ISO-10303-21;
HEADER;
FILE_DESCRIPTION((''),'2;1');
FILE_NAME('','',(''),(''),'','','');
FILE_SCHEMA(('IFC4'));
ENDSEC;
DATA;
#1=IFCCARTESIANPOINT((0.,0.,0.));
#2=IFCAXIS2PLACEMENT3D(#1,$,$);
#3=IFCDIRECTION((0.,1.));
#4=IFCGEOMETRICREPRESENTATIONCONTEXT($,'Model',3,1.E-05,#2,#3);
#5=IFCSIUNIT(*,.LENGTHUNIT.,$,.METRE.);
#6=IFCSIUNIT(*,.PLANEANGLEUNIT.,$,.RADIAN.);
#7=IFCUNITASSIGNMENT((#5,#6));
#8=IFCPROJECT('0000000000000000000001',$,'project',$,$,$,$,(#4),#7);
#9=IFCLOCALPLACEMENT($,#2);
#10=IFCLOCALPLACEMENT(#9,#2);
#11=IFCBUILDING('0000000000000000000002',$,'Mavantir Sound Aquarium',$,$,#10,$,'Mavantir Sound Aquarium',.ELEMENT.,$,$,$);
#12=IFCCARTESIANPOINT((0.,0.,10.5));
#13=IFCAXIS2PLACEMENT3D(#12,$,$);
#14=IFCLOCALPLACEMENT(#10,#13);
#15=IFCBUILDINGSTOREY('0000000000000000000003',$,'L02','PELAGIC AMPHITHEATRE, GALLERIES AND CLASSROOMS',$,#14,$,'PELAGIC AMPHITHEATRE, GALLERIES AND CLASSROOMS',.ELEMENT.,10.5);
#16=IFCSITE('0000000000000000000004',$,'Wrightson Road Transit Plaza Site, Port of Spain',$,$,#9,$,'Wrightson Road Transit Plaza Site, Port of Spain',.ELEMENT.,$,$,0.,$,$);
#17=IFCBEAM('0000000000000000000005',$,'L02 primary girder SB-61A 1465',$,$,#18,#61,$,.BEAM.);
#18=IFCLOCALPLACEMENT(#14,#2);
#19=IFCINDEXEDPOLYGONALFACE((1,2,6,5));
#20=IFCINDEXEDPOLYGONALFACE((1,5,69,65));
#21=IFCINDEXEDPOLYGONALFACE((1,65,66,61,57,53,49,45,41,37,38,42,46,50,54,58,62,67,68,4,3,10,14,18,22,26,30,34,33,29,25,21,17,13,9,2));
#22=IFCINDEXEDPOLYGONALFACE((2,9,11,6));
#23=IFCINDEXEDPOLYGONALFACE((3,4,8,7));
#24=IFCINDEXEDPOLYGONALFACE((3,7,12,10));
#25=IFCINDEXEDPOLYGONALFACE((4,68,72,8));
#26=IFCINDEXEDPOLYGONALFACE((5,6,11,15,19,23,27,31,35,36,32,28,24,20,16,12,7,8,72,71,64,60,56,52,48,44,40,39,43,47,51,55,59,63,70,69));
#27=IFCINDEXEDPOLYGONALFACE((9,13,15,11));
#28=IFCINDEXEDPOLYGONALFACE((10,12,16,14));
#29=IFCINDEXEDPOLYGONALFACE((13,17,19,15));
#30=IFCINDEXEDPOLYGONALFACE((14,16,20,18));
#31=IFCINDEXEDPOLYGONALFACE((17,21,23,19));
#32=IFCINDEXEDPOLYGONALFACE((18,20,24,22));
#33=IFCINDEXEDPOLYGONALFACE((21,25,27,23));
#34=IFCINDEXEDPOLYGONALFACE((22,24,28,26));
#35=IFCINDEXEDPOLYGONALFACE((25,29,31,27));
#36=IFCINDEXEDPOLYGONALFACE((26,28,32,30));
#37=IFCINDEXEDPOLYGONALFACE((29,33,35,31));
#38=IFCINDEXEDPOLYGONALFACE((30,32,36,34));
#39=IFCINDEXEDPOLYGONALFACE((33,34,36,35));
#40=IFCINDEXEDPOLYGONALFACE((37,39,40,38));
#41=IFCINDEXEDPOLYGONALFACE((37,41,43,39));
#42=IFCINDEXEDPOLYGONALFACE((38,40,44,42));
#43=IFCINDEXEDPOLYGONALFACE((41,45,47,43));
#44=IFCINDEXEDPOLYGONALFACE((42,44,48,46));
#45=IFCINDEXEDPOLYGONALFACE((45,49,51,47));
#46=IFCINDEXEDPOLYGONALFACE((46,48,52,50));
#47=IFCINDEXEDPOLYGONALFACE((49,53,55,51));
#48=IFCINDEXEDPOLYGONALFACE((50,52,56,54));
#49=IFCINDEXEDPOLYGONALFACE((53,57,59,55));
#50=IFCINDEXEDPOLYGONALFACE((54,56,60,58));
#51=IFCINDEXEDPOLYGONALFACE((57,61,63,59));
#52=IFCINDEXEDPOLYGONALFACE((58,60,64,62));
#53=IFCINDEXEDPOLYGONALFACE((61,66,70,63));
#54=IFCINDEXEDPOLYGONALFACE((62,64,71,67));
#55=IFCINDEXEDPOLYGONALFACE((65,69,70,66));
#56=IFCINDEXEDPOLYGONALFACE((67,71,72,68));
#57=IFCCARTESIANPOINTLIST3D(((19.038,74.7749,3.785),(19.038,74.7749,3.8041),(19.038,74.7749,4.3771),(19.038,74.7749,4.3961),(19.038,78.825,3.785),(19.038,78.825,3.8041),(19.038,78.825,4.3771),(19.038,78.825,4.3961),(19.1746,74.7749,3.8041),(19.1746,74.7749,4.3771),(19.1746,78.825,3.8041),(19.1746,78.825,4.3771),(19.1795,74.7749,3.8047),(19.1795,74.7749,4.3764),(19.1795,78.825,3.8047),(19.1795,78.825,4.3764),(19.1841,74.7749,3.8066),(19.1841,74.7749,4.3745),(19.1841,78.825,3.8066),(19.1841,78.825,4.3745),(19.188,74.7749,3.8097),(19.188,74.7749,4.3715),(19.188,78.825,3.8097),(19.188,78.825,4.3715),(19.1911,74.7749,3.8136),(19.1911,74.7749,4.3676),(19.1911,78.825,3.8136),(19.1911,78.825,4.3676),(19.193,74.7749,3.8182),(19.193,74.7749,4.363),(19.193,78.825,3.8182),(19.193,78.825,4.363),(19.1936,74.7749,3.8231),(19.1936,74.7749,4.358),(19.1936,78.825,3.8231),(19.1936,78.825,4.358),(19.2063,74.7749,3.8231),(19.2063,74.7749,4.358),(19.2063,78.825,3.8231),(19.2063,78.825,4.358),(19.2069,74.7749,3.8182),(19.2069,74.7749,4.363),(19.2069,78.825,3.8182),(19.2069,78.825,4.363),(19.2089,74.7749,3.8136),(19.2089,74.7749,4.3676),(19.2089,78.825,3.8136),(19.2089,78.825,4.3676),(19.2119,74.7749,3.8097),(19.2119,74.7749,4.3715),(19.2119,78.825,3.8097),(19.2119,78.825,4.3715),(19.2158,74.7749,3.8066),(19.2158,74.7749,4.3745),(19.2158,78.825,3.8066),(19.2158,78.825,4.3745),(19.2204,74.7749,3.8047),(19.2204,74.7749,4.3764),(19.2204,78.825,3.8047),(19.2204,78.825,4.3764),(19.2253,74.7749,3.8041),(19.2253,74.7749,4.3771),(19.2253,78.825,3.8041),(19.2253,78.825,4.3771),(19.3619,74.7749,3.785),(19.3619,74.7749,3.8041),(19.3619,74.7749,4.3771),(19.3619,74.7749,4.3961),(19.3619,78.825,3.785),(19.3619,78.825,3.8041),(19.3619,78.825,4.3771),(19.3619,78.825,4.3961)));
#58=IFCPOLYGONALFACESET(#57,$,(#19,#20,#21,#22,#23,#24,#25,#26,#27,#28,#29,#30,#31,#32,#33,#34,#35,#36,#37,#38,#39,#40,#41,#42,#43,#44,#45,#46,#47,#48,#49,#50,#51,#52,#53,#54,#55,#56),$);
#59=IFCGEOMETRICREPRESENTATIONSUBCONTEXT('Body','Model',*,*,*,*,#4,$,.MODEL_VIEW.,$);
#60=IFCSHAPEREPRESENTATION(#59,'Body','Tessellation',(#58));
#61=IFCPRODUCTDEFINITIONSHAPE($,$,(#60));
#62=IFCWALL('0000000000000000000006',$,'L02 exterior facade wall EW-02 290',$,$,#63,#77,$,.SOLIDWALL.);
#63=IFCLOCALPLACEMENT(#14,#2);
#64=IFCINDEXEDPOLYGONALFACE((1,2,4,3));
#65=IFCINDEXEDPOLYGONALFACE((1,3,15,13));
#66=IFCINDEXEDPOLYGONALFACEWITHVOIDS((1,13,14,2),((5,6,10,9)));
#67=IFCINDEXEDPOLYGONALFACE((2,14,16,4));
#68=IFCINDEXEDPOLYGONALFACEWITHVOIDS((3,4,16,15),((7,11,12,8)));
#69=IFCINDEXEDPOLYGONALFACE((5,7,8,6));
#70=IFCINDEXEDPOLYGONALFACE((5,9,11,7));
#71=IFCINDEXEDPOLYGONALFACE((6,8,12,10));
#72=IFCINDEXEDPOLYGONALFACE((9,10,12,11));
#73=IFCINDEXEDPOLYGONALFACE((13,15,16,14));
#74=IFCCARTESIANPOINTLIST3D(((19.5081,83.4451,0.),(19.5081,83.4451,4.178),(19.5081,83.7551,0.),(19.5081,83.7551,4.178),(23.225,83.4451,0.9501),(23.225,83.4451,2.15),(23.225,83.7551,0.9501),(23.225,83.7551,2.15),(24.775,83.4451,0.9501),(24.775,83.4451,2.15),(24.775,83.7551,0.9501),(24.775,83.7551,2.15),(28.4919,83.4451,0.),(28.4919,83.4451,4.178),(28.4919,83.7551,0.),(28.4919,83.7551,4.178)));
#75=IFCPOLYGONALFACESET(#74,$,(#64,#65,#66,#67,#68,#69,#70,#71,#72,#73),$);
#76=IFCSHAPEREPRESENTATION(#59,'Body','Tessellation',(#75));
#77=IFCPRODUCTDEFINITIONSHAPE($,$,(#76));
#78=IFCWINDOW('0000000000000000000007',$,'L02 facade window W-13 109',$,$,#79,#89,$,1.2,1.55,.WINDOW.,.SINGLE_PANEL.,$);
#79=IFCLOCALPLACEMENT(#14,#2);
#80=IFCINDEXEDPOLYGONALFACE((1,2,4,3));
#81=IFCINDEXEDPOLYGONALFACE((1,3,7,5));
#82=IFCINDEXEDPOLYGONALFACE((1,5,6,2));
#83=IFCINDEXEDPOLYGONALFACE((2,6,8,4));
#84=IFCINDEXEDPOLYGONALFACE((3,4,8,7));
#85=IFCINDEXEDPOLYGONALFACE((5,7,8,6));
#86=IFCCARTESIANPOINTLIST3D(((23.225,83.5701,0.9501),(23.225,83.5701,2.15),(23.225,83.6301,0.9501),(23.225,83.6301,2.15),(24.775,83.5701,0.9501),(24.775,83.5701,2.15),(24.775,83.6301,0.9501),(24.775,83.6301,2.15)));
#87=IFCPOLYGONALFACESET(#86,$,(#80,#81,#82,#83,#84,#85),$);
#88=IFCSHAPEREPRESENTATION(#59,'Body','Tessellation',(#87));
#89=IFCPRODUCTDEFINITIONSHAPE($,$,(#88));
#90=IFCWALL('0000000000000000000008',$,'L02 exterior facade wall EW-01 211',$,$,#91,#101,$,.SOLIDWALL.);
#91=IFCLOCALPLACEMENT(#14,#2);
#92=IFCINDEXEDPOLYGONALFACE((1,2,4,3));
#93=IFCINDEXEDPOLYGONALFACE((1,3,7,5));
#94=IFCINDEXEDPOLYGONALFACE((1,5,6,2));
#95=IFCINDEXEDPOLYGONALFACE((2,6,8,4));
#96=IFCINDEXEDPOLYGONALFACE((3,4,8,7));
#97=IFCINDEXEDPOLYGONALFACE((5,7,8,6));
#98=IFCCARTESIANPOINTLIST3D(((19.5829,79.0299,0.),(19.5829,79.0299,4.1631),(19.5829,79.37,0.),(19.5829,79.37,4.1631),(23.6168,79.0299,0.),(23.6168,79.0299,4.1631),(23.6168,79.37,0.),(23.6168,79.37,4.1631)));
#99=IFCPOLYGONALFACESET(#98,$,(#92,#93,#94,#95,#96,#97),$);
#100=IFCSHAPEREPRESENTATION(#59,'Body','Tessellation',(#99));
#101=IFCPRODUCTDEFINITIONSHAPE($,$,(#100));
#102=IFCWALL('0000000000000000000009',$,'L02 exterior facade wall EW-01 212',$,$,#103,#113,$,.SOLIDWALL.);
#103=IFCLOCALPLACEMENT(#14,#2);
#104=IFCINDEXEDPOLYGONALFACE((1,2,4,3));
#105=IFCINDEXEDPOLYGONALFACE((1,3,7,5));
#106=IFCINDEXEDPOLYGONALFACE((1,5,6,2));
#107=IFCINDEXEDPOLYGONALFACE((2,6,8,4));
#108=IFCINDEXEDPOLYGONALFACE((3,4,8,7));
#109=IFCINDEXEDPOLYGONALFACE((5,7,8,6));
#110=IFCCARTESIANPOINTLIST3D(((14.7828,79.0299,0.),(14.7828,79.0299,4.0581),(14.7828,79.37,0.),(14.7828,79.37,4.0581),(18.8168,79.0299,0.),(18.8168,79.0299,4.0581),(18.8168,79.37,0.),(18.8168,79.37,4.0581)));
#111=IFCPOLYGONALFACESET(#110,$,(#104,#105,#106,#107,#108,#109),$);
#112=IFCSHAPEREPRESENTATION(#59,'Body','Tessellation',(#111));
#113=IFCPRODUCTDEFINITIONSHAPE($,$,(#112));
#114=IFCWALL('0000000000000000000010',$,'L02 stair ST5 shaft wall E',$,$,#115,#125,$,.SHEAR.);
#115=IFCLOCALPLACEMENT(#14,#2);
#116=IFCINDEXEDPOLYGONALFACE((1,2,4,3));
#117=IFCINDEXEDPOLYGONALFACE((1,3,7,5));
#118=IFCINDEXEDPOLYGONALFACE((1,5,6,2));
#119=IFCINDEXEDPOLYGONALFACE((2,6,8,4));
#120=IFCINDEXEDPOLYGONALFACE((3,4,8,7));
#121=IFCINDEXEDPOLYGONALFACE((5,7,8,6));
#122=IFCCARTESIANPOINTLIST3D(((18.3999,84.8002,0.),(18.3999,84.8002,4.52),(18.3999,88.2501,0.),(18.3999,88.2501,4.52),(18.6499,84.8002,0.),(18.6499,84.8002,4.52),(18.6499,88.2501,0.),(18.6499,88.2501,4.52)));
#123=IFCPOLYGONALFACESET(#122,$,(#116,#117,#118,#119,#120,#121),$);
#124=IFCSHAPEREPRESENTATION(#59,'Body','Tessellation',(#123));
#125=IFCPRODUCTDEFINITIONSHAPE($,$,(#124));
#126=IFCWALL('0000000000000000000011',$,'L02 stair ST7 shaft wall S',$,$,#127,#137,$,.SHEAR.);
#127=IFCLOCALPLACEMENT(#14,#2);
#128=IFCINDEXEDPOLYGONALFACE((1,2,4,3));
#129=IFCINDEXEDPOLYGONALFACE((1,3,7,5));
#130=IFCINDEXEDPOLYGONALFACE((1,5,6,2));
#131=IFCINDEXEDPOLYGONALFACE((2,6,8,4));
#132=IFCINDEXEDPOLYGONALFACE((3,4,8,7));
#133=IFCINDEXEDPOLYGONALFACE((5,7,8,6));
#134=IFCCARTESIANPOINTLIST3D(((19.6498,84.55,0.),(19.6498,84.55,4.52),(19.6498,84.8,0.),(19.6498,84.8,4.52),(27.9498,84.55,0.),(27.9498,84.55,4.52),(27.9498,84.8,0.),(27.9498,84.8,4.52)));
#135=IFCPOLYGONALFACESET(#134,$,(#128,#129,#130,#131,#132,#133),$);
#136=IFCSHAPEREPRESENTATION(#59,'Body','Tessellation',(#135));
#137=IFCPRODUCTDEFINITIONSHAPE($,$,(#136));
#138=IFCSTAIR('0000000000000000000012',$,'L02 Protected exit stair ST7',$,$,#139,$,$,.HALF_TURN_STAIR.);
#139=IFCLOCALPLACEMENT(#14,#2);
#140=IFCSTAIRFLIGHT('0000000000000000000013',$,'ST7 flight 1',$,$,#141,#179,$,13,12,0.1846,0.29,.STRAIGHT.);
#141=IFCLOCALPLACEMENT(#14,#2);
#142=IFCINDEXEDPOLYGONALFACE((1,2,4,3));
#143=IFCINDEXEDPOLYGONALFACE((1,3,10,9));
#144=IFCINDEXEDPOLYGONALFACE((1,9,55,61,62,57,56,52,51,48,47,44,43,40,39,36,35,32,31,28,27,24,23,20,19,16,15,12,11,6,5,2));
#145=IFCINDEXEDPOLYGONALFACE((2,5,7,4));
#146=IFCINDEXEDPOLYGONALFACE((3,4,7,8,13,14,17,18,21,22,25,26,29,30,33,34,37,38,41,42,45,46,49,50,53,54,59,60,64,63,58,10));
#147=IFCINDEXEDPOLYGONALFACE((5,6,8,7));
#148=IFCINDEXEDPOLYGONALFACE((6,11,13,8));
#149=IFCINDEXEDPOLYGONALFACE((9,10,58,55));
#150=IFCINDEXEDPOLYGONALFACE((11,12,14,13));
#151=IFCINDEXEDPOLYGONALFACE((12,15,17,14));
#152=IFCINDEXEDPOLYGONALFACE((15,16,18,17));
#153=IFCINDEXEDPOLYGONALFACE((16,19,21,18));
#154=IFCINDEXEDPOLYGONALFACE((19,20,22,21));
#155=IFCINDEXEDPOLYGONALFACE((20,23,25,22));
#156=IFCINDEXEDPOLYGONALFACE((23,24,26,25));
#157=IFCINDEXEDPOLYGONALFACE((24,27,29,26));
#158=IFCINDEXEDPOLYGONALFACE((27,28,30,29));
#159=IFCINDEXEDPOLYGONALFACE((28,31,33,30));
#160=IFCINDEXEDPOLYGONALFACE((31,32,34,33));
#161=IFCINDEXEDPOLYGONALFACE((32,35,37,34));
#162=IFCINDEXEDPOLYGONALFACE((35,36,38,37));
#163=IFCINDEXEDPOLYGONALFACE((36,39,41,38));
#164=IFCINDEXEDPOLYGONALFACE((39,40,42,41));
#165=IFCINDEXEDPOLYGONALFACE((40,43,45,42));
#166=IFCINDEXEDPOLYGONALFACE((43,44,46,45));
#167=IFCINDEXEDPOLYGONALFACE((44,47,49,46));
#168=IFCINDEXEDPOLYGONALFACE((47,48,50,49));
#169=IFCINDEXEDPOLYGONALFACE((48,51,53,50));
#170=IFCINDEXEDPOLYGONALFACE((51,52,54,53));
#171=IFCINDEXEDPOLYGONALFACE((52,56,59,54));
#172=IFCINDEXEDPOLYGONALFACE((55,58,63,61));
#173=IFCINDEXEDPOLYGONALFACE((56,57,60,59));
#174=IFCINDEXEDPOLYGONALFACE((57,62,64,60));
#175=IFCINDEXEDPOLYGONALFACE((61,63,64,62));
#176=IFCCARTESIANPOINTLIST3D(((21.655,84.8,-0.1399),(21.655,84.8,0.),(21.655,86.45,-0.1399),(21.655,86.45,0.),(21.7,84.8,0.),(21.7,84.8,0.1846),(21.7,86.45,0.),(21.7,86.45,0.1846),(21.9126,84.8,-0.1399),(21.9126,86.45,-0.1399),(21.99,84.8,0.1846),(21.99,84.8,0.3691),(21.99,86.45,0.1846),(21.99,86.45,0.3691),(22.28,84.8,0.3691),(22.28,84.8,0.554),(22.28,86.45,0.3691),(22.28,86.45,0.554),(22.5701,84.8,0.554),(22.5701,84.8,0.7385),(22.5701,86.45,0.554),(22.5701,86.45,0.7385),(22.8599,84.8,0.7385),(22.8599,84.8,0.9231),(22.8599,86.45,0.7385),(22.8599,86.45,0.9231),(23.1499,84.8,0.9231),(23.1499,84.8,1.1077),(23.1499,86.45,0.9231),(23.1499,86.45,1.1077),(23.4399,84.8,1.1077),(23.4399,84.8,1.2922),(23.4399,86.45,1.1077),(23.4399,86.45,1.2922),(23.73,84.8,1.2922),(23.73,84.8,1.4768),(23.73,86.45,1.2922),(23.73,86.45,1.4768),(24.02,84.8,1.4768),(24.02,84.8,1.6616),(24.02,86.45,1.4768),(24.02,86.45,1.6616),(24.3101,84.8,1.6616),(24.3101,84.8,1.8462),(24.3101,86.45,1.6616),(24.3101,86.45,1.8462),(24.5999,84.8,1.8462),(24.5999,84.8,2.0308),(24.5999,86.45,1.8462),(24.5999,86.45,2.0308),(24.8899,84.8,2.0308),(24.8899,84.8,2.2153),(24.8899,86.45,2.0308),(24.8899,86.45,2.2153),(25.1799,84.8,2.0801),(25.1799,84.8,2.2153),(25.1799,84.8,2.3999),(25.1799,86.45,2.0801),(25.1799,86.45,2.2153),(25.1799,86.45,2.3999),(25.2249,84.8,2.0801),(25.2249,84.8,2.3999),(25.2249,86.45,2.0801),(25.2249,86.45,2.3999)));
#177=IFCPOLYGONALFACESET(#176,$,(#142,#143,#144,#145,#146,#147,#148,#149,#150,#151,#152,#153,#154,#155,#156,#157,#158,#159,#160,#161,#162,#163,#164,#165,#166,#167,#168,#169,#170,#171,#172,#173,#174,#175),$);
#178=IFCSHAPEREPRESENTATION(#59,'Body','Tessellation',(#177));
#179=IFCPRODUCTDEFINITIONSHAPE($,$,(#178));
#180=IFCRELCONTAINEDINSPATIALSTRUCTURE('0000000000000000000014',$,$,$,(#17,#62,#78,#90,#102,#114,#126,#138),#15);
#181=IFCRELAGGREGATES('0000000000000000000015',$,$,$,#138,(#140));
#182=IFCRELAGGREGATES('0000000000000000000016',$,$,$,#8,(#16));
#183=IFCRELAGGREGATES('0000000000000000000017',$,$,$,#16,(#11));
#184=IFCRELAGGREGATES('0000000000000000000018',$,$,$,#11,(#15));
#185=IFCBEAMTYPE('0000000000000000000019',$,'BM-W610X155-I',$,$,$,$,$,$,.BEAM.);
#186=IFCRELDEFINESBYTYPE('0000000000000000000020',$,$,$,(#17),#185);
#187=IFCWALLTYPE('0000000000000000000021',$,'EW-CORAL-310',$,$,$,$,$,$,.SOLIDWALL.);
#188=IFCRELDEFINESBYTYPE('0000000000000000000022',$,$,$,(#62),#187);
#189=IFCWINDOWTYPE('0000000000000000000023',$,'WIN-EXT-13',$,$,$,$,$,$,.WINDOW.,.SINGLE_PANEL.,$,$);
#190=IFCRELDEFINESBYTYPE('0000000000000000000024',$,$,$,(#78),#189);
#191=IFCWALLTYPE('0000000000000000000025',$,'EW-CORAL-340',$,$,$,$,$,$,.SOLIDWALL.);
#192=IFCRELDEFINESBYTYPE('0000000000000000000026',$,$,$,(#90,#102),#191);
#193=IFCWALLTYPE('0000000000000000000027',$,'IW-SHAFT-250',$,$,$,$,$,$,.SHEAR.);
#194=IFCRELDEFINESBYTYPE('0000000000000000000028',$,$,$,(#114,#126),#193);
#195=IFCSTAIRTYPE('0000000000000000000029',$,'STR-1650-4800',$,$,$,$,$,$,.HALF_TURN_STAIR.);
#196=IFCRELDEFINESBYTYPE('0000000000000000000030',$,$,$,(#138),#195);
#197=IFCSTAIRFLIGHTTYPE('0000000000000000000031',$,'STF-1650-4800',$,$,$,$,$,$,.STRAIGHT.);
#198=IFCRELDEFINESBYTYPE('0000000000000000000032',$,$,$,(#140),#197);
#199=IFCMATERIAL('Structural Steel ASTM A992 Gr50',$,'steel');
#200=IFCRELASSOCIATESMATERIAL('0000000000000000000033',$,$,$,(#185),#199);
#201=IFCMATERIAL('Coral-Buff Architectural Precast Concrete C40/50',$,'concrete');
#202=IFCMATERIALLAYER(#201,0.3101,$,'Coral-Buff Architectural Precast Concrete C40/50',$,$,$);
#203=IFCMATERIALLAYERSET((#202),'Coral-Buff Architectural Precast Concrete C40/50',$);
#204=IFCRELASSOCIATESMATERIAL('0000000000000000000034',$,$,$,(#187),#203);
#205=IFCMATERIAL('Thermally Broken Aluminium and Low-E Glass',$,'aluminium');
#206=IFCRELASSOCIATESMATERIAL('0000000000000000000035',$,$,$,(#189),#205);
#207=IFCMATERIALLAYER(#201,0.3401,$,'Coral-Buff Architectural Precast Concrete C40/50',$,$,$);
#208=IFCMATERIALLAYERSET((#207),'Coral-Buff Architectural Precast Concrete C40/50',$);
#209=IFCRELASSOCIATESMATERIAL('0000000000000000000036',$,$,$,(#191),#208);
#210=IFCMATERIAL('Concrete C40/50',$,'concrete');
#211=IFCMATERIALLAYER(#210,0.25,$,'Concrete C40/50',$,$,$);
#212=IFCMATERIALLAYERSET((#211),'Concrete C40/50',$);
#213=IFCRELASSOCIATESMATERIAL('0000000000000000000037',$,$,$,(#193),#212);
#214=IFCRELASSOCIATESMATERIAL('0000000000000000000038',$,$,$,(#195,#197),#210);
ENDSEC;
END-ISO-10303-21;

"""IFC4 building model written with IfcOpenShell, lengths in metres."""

from ifc_helpers import new_model, si_unit, direction, frame, frame_2d, origin, origin_2d, place, context, subcontext, project, spatial, polyline, rectangle, i_section, outline, extrude, material, layer, layer_set, material_profile, profile_set, type_object, element, fill, aggregate, save


model = new_model("IFC4")

# Units and contexts
model_context = context("Model", 3, precision=1e-05, world=origin(), true_north=direction((0.0, 1.0)))
body_context = subcontext(model_context, "Body", "Model", "MODEL_VIEW")
ifc_project = project(units=[si_unit("LENGTHUNIT", "METRE"), si_unit("PLANEANGLEUNIT", "RADIAN")], contexts=[model_context])

# Site, building, storey
site_placement = place(None, origin())
site = spatial("IfcSite", under=ifc_project, at=site_placement, Name="Wrightson Road Transit Plaza Site, Port of Spain", LongName="Wrightson Road Transit Plaza Site, Port of Spain", CompositionType="ELEMENT", RefElevation=0.0)
building_placement = place(site_placement, origin())
building = spatial("IfcBuilding", under=site, at=building_placement, Name="Mavantir Sound Aquarium", LongName="Mavantir Sound Aquarium", CompositionType="ELEMENT")
storey_placement = place(building_placement, frame((0.0, 0.0, 10.5)))
storey = spatial("IfcBuildingStorey", under=building, at=storey_placement, Name="L02", Description="PELAGIC AMPHITHEATRE, GALLERIES AND CLASSROOMS", LongName="PELAGIC AMPHITHEATRE, GALLERIES AND CLASSROOMS", CompositionType="ELEMENT", Elevation=10.5)

# Shared definitions
ifc_material_1 = material(Name="Concrete C40/50", Category="concrete")

# Beam
ifc_material_2 = material(Name="Structural Steel ASTM A992 Gr50", Category="steel")
ifc_material_profile_1 = material_profile(ifc_material_2, i_section(OverallWidth=0.324, OverallDepth=0.6111, WebThickness=0.0127, FlangeThickness=0.019, FilletRadius=0.019, at=origin_2d()), Name="W610X155")
ifc_profile_set_1 = profile_set([ifc_material_profile_1], Name="Structural Steel ASTM A992 Gr50")
beam_type_1 = type_object("IfcBeamType", Name="BM-W610X155-I", PredefinedType="BEAM", material=ifc_profile_set_1)
beam_1_placement = place(storey_placement, frame((19.2, 74.7749, 4.0906), z_axis=(0.0, 1.0, 0.0), x_axis=(-1.0, 0.0, 0.0)))
element("IfcBeam", 1, at=beam_1_placement, inside=storey, type_object=beam_type_1, Name="L02 primary girder SB-61A 1465", PredefinedType="BEAM", context=body_context, shape_type="SweptSolid", body=[
    extrude(i_section(OverallWidth=0.324, OverallDepth=0.6111, WebThickness=0.0127, FlangeThickness=0.019, FilletRadius=0.019, at=origin_2d()), origin(), (0.0, 0.0, 1.0), 4.05),
])

# Wall, opening, window
ifc_material_3 = material(Name="Coral-Buff Architectural Precast Concrete C40/50", Category="concrete")
ifc_layer_1 = layer(ifc_material_3, 0.3101, Name="Coral-Buff Architectural Precast Concrete C40/50")
ifc_layer_set_1 = layer_set([ifc_layer_1], Name="Coral-Buff Architectural Precast Concrete C40/50")
wall_type_1 = type_object("IfcWallType", Name="EW-CORAL-310", PredefinedType="SOLIDWALL", material=ifc_layer_set_1)
wall_1_placement = place(storey_placement, frame((19.5081, 83.6001, 0.0), z_axis=(0.0, 0.0, 1.0), x_axis=(1.0, 0.0, 0.0)))
wall_1 = element("IfcWall", 2, at=wall_1_placement, inside=storey, type_object=wall_type_1, Name="L02 exterior facade wall EW-02 290", PredefinedType="SOLIDWALL", context=body_context, shape_type="SweptSolid", body=[
    extrude(rectangle(XDim=8.9839, YDim=0.3101, at=frame_2d((4.4919, 0.0))), origin(), (0.0, 0.0, 1.0), 4.178),
])
opening_placement = place(wall_1_placement, frame((3.717, 0.0, 0.95)))
opening = element("IfcOpeningElement", 3, at=opening_placement, cuts=wall_1, PredefinedType="OPENING", context=body_context, shape_type="SweptSolid", body=[
    extrude(rectangle(XDim=1.55, YDim=1.2, at=frame_2d((0.7749, 0.6001))), frame((0.0, 0.165, 0.0), z_axis=(0.0, -1.0, 0.0), x_axis=(1.0, 0.0, 0.0)), (0.0, 0.0, 1.0), 0.3301),
])
ifc_material_4 = material(Name="Thermally Broken Aluminium and Low-E Glass", Category="aluminium")
window_type = type_object("IfcWindowType", Name="WIN-EXT-13", PartitioningType="SINGLE_PANEL", PredefinedType="WINDOW", material=ifc_material_4)
window_placement = place(opening_placement, origin())
window = element("IfcWindow", 4, at=window_placement, inside=storey, type_object=window_type, Name="L02 facade window W-13 109", OverallHeight=1.2, OverallWidth=1.55, PartitioningType="SINGLE_PANEL", PredefinedType="WINDOW", context=body_context, shape_type="SweptSolid", body=[
    extrude(rectangle(XDim=1.55, YDim=1.2, at=frame_2d((0.7749, 0.6001))), frame((0.0, 0.03, 0.0), z_axis=(0.0, -1.0, 0.0), x_axis=(1.0, 0.0, 0.0)), (0.0, 0.0, 1.0), 0.0601),
])
fill(opening, window)

# Walls
ifc_layer_2 = layer(ifc_material_3, 0.3401, Name="Coral-Buff Architectural Precast Concrete C40/50")
ifc_layer_set_2 = layer_set([ifc_layer_2], Name="Coral-Buff Architectural Precast Concrete C40/50")
wall_type_2 = type_object("IfcWallType", Name="EW-CORAL-340", PredefinedType="SOLIDWALL", material=ifc_layer_set_2)
wall_2_placement = place(storey_placement, frame((23.6169, 79.2, 0.0), z_axis=(0.0, 0.0, 1.0), x_axis=(-1.0, 0.0, 0.0)))
element("IfcWall", 5, at=wall_2_placement, inside=storey, type_object=wall_type_2, Name="L02 exterior facade wall EW-01 211", PredefinedType="SOLIDWALL", context=body_context, shape_type="SweptSolid", body=[
    extrude(rectangle(XDim=4.0339, YDim=0.3401, at=frame_2d((2.0171, 0.0))), origin(), (0.0, 0.0, 1.0), 4.1631),
])
wall_3_placement = place(storey_placement, frame((18.8169, 79.2, 0.0), z_axis=(0.0, 0.0, 1.0), x_axis=(-1.0, 0.0, 0.0)))
element("IfcWall", 6, at=wall_3_placement, inside=storey, type_object=wall_type_2, Name="L02 exterior facade wall EW-01 212", PredefinedType="SOLIDWALL", context=body_context, shape_type="SweptSolid", body=[
    extrude(rectangle(XDim=4.0339, YDim=0.3401, at=frame_2d((2.0171, 0.0))), origin(), (0.0, 0.0, 1.0), 4.0581),
])
ifc_layer_3 = layer(ifc_material_1, 0.25, Name="Concrete C40/50")
ifc_layer_set_3 = layer_set([ifc_layer_3], Name="Concrete C40/50")
wall_type_3 = type_object("IfcWallType", Name="IW-SHAFT-250", PredefinedType="SHEAR", material=ifc_layer_set_3)
wall_4_placement = place(storey_placement, frame((18.5249, 84.8, 0.0), z_axis=(0.0, 0.0, 1.0), x_axis=(0.0, 1.0, 0.0)))
element("IfcWall", 7, at=wall_4_placement, inside=storey, type_object=wall_type_3, Name="L02 stair ST5 shaft wall E", PredefinedType="SHEAR", context=body_context, shape_type="SweptSolid", body=[
    extrude(rectangle(XDim=3.45, YDim=0.25, at=frame_2d((1.7251, 0.0))), origin(), (0.0, 0.0, 1.0), 4.52),
])
wall_5_placement = place(storey_placement, frame((19.6499, 84.675, 0.0), z_axis=(0.0, 0.0, 1.0), x_axis=(1.0, 0.0, 0.0)))
element("IfcWall", 8, at=wall_5_placement, inside=storey, type_object=wall_type_3, Name="L02 stair ST7 shaft wall S", PredefinedType="SHEAR", context=body_context, shape_type="SweptSolid", body=[
    extrude(rectangle(XDim=8.3, YDim=0.25, at=frame_2d((4.1499, 0.0))), origin(), (0.0, 0.0, 1.0), 4.52),
])

# Stair, stair flight
stair_type = type_object("IfcStairType", Name="STR-1650-4800", PredefinedType="HALF_TURN_STAIR", material=ifc_material_1)
stair_placement = place(storey_placement, origin())
stair = element("IfcStair", 9, at=stair_placement, inside=storey, type_object=stair_type, Name="L02 Protected exit stair ST7", PredefinedType="HALF_TURN_STAIR")
stair_flight_type = type_object("IfcStairFlightType", Name="STF-1650-4800", PredefinedType="STRAIGHT", material=ifc_material_1)
stair_flight_placement = place(storey_placement, frame((21.7, 85.625, 0.0), z_axis=(0.0, 0.0, 1.0), x_axis=(1.0, 0.0, 0.0)))
stair_flight = element("IfcStairFlight", 10, at=stair_flight_placement, type_object=stair_flight_type, Name="ST7 flight 1", NumberOfRisers=13, NumberOfTreads=12, PredefinedType="STRAIGHT", RiserHeight=0.1846, TreadLength=0.29, context=body_context, shape_type="SweptSolid", body=[
    extrude(outline(polyline([(-0.0449, -0.1399), (-0.0449, 0.0), (0.0, 0.0), (0.0, 0.1846), (0.29, 0.1846), (0.29, 0.3691), (0.5801, 0.3691), (0.5801, 0.554), (0.8701, 0.554), (0.8701, 0.7385), (1.1599, 0.7385), (1.1599, 0.9231), (1.45, 0.9231), (1.45, 1.1077), (1.74, 1.1077), (1.74, 1.2922), (2.03, 1.2922), (2.03, 1.4768), (2.3201, 1.4768), (2.3201, 1.6616), (2.6101, 1.6616), (2.6101, 1.8462), (2.8999, 1.8462), (2.8999, 2.0308), (3.1899, 2.0308), (3.1899, 2.2153), (3.48, 2.2153), (3.48, 2.3999), (3.5249, 2.3999), (3.5249, 2.0801), (3.48, 2.0801), (0.2126, -0.1399), (-0.0449, -0.1399)])), frame((0.0, 0.825, 0.0), z_axis=(0.0, -1.0, 0.0), x_axis=(1.0, 0.0, 0.0)), (0.0, 0.0, 1.0), 1.6499),
])
aggregate(stair, [stair_flight])

save(model, "model.ifc")
